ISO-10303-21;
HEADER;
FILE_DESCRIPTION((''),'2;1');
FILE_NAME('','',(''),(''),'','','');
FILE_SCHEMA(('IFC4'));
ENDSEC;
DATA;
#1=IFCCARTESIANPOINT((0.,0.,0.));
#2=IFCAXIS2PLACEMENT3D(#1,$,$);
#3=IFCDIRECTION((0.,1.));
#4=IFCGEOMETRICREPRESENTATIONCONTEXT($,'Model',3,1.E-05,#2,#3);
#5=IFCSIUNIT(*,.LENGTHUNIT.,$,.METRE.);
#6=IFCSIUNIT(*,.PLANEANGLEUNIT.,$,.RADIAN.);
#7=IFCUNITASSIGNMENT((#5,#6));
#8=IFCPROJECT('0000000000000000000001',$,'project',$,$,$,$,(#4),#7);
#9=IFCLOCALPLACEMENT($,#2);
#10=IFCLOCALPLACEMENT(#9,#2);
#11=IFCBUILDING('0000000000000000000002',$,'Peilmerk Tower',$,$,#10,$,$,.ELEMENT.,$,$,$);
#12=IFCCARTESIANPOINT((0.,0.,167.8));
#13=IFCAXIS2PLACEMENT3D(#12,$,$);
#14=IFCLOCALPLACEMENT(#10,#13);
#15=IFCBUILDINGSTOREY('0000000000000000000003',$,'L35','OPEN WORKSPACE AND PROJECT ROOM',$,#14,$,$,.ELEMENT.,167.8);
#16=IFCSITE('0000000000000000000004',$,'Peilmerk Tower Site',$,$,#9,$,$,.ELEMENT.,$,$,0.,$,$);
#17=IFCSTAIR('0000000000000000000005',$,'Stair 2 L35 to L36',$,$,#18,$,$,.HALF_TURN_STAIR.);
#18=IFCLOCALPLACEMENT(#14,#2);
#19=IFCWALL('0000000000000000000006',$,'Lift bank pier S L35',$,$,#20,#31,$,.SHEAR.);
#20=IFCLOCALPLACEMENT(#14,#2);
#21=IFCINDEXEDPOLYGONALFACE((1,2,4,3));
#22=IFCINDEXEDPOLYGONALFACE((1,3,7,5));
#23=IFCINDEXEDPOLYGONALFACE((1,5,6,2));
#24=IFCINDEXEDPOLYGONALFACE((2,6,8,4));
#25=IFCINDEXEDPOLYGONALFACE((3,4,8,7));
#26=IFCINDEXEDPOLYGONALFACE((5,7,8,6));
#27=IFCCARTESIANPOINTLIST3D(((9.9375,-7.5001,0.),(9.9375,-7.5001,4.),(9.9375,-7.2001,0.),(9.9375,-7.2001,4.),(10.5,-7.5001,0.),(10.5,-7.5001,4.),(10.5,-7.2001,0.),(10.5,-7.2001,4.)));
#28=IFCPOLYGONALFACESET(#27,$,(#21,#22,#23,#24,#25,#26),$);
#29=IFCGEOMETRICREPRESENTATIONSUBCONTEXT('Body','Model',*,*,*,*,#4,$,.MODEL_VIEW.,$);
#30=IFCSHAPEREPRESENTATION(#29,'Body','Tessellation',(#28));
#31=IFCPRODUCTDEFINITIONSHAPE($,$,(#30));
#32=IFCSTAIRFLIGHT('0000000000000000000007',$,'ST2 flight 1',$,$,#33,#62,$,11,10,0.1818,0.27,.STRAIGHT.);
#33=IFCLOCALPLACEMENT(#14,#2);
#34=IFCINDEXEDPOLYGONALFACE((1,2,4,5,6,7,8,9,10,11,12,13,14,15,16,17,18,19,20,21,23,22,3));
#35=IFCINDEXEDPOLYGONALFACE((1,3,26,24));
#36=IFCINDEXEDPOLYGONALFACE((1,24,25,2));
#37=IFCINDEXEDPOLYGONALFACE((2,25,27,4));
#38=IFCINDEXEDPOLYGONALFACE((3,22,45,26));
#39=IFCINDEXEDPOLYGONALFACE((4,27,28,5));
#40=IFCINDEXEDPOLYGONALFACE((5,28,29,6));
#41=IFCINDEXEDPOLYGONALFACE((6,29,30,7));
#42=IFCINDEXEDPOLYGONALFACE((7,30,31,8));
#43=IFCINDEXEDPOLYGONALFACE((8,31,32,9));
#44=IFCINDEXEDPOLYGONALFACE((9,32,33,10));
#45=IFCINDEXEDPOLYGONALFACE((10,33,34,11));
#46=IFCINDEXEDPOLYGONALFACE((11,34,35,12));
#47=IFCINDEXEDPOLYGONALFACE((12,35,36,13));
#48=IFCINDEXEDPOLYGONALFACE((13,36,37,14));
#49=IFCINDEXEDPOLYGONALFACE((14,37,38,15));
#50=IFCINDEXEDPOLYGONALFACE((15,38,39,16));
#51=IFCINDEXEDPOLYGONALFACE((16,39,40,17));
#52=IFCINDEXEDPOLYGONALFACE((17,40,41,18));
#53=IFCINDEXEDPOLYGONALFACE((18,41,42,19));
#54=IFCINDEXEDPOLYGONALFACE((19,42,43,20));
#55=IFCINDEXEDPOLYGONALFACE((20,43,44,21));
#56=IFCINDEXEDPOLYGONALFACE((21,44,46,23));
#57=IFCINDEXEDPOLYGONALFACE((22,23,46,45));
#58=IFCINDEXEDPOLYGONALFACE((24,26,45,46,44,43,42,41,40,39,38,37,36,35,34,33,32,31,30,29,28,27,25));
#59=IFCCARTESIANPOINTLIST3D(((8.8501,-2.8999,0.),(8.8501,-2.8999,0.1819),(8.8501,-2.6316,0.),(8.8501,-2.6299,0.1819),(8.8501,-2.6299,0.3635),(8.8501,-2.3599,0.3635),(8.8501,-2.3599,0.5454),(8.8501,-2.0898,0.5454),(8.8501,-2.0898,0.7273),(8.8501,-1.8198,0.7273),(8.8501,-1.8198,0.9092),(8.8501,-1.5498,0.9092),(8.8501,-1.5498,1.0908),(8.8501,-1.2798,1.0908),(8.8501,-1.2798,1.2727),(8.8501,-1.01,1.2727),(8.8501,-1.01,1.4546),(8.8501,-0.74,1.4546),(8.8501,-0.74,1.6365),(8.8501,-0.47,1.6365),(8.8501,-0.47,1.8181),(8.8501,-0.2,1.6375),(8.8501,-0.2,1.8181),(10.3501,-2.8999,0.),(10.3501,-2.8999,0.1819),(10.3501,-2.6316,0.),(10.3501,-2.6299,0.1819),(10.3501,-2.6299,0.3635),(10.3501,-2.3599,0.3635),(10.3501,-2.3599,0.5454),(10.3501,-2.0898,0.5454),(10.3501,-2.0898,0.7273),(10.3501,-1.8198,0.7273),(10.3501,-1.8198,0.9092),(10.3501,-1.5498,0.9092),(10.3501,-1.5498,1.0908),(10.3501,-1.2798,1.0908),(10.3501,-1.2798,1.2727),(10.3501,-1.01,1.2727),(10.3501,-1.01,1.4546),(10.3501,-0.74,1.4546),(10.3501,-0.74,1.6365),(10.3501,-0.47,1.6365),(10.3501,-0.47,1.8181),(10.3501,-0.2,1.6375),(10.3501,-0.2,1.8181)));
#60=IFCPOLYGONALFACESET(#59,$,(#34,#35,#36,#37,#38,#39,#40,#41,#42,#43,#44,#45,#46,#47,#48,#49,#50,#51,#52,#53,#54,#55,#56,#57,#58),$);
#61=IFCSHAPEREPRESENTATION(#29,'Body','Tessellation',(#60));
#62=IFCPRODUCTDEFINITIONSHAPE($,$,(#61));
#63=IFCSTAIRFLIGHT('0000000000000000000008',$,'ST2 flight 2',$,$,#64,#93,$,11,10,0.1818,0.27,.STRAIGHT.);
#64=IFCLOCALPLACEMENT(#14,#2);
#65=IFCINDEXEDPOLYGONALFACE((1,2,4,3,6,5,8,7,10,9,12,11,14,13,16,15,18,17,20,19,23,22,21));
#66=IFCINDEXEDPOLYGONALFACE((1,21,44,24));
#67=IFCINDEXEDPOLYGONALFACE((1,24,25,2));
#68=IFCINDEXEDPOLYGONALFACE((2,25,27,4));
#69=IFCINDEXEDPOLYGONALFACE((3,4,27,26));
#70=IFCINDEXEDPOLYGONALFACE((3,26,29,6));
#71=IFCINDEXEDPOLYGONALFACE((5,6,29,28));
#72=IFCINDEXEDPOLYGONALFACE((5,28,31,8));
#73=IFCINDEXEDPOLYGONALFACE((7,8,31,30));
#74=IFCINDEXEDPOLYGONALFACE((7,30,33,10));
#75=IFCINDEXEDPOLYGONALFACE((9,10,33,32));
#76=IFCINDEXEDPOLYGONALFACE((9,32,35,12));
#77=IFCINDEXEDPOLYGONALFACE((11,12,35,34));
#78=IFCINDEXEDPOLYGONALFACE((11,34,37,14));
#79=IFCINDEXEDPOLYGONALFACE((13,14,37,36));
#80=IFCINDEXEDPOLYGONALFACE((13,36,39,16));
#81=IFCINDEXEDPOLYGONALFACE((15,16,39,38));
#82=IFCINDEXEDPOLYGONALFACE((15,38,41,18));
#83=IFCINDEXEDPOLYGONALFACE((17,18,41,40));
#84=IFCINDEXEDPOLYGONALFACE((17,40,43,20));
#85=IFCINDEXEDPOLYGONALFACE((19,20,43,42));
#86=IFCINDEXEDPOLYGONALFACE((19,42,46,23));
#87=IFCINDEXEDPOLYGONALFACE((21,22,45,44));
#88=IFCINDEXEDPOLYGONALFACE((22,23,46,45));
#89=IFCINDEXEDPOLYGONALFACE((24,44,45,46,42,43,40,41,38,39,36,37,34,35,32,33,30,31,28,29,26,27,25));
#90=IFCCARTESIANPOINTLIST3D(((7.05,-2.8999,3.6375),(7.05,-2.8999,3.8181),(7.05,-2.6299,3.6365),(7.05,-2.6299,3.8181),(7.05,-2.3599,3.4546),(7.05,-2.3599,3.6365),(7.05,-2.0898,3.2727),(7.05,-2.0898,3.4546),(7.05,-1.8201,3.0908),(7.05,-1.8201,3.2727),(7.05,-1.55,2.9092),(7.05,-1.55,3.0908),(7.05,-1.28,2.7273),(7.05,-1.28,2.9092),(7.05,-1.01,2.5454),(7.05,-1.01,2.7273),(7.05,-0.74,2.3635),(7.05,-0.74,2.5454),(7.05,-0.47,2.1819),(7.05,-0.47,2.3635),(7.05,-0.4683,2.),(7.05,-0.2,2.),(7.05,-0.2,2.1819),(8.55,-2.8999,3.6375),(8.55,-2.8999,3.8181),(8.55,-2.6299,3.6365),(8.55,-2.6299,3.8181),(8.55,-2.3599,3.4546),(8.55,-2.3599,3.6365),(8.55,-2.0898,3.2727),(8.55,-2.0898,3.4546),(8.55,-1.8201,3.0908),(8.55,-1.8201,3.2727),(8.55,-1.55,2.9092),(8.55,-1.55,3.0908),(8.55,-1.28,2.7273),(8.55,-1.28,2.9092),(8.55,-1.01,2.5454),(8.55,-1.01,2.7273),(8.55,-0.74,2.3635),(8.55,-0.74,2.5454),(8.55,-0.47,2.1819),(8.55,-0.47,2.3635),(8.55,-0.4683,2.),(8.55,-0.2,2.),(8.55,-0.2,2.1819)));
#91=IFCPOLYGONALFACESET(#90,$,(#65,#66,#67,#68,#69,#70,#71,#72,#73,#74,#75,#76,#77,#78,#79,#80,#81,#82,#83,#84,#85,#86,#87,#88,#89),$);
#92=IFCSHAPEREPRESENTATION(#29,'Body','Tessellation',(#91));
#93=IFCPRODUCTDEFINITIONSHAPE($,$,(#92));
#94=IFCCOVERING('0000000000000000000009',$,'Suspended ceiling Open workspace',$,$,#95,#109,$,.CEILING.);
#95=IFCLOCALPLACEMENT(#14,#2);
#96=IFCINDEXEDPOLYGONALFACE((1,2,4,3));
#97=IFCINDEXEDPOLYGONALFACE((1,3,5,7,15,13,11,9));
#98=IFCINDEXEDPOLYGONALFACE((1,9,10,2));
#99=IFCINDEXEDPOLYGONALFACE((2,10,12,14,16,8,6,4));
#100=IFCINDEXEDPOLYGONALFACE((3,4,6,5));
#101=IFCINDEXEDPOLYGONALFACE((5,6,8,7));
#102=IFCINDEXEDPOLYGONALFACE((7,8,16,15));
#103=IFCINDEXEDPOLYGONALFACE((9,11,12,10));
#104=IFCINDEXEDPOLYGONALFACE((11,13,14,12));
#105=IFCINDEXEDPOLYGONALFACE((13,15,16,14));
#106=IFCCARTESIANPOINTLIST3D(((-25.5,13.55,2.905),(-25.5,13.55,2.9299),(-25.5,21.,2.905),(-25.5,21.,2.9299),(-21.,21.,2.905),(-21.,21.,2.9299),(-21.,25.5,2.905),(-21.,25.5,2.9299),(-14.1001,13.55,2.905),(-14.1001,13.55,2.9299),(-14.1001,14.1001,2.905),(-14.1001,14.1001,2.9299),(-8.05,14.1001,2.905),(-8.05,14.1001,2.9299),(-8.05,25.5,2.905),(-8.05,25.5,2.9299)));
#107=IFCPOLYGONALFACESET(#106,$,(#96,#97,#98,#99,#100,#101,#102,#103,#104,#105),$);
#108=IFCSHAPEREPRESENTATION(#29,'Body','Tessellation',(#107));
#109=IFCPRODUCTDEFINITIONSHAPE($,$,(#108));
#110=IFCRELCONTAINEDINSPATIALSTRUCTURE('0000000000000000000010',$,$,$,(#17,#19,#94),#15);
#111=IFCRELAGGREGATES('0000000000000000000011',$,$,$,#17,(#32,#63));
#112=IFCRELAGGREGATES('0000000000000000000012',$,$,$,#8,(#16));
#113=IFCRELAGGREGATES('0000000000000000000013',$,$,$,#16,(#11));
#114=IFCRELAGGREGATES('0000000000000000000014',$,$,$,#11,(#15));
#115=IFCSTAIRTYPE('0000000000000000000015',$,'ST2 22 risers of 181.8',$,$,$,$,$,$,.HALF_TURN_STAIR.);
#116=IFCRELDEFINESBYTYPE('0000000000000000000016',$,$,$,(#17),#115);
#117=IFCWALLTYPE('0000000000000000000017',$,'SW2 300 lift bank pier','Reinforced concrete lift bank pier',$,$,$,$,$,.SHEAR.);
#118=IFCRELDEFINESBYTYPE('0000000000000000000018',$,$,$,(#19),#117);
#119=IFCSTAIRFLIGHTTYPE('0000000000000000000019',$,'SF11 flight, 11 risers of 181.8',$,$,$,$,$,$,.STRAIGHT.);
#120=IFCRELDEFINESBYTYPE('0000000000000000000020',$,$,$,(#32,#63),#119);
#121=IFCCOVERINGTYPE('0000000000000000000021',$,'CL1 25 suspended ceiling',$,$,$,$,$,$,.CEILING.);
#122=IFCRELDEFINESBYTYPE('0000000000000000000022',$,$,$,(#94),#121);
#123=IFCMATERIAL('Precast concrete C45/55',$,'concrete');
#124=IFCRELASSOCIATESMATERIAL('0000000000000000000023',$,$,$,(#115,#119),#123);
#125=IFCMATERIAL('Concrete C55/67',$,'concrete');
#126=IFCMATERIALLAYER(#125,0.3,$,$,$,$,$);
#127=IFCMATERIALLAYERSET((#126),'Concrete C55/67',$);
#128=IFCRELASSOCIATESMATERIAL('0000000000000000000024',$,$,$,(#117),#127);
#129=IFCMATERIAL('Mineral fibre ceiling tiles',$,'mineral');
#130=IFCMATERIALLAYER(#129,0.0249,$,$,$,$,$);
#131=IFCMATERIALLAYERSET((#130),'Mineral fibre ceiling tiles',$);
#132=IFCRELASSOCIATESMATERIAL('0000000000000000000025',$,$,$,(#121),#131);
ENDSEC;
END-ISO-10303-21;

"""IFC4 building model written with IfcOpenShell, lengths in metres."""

from ifc_helpers import new_model, si_unit, direction, frame, frame_2d, origin, place, context, subcontext, project, spatial, polyline, rectangle, outline, extrude, material, layer, layer_set, type_object, element, aggregate, save


model = new_model("IFC4")

# Units and contexts
model_context = context("Model", 3, precision=1e-05, world=origin(), true_north=direction((0.0, 1.0)))
body_context = subcontext(model_context, "Body", "Model", "MODEL_VIEW")
ifc_project = project(units=[si_unit("LENGTHUNIT", "METRE"), si_unit("PLANEANGLEUNIT", "RADIAN")], contexts=[model_context])

# Site, building, storey
site_placement = place(None, origin())
site = spatial("IfcSite", under=ifc_project, at=site_placement, Name="Peilmerk Tower Site", CompositionType="ELEMENT", RefElevation=0.0)
building_placement = place(site_placement, origin())
building = spatial("IfcBuilding", under=site, at=building_placement, Name="Peilmerk Tower", CompositionType="ELEMENT")
storey_placement = place(building_placement, frame((0.0, 0.0, 167.8)))
storey = spatial("IfcBuildingStorey", under=building, at=storey_placement, Name="L35", Description="OPEN WORKSPACE AND PROJECT ROOM", CompositionType="ELEMENT", Elevation=167.8)

# Stair
ifc_material_1 = material(Name="Precast concrete C45/55", Category="concrete")
stair_type_1 = type_object("IfcStairType", Name="ST2 22 risers of 181.8", PredefinedType="HALF_TURN_STAIR", material=ifc_material_1)
stair_1_placement = place(storey_placement, origin())
stair_1 = element("IfcStair", 1, at=stair_1_placement, inside=storey, type_object=stair_type_1, Name="Stair 2 L35 to L36", PredefinedType="HALF_TURN_STAIR")

# Wall
ifc_material_2 = material(Name="Concrete C55/67", Category="concrete")
ifc_layer_1 = layer(ifc_material_2, 0.3)
ifc_layer_set_1 = layer_set([ifc_layer_1], Name="Concrete C55/67")
wall_type_1 = type_object("IfcWallType", Name="SW2 300 lift bank pier", Description="Reinforced concrete lift bank pier", PredefinedType="SHEAR", material=ifc_layer_set_1)
wall_1_placement = place(storey_placement, frame((9.9375, -7.3501, 0.0), z_axis=(0.0, 0.0, 1.0), x_axis=(1.0, 0.0, 0.0)))
element("IfcWall", 2, at=wall_1_placement, inside=storey, type_object=wall_type_1, Name="Lift bank pier S L35", PredefinedType="SHEAR", context=body_context, shape_type="SweptSolid", body=[
    extrude(rectangle(XDim=0.5625, YDim=0.3, at=frame_2d((0.2812, 0.0))), origin(), (0.0, 0.0, 1.0), 4.0),
])

# Stair flights
stair_flight_type = type_object("IfcStairFlightType", Name="SF11 flight, 11 risers of 181.8", PredefinedType="STRAIGHT", material=ifc_material_1)
stair_flight_1_placement = place(storey_placement, frame((9.6001, -2.8999, 0.0), z_axis=(0.0, 0.0, 1.0), x_axis=(0.0, 1.0, 0.0)))
stair_flight_1 = element("IfcStairFlight", 3, at=stair_flight_1_placement, type_object=stair_flight_type, Name="ST2 flight 1", NumberOfRisers=11, NumberOfTreads=10, PredefinedType="STRAIGHT", RiserHeight=0.1818, TreadLength=0.27, context=body_context, shape_type="SweptSolid", body=[
    extrude(outline(polyline([(0.0, 0.0), (0.0, 0.1819), (0.27, 0.1819), (0.27, 0.3635), (0.54, 0.3635), (0.54, 0.5454), (0.8101, 0.5454), (0.8101, 0.7273), (1.0801, 0.7273), (1.0801, 0.9092), (1.3501, 0.9092), (1.3501, 1.0908), (1.6201, 1.0908), (1.6201, 1.2727), (1.8899, 1.2727), (1.8899, 1.4546), (2.1599, 1.4546), (2.1599, 1.6365), (2.4299, 1.6365), (2.4299, 1.8181), (2.7, 1.8181), (2.7, 2.0), (2.7, 1.6375), (0.2683, 0.0), (0.0, 0.0)])), frame((0.0, 0.75, 0.0), z_axis=(0.0, -1.0, 0.0), x_axis=(1.0, 0.0, 0.0)), (0.0, 0.0, 1.0), 1.5),
])
stair_flight_2_placement = place(storey_placement, frame((7.8, -0.2, 2.0), z_axis=(0.0, 0.0, 1.0), x_axis=(0.0, -1.0, 0.0)))
stair_flight_2 = element("IfcStairFlight", 4, at=stair_flight_2_placement, type_object=stair_flight_type, Name="ST2 flight 2", NumberOfRisers=11, NumberOfTreads=10, PredefinedType="STRAIGHT", RiserHeight=0.1818, TreadLength=0.27, context=body_context, shape_type="SweptSolid", body=[
    extrude(outline(polyline([(0.0, 0.0), (0.0, 0.1819), (0.27, 0.1819), (0.27, 0.3635), (0.54, 0.3635), (0.54, 0.5454), (0.8101, 0.5454), (0.8101, 0.7273), (1.0801, 0.7273), (1.0801, 0.9092), (1.3501, 0.9092), (1.3501, 1.0908), (1.6201, 1.0908), (1.6201, 1.2727), (1.8899, 1.2727), (1.8899, 1.4546), (2.1599, 1.4546), (2.1599, 1.6365), (2.4299, 1.6365), (2.4299, 1.8181), (2.7, 1.8181), (2.7, 2.0), (2.7, 1.6375), (0.2683, 0.0), (0.0, 0.0)])), frame((0.0, 0.75, 0.0), z_axis=(0.0, -1.0, 0.0), x_axis=(1.0, 0.0, 0.0)), (0.0, 0.0, 1.0), 1.5),
])
aggregate(stair_1, [stair_flight_1, stair_flight_2])

# Covering
ifc_material_3 = material(Name="Mineral fibre ceiling tiles", Category="mineral")
ifc_layer_2 = layer(ifc_material_3, 0.0249)
ifc_layer_set_2 = layer_set([ifc_layer_2], Name="Mineral fibre ceiling tiles")
covering_type = type_object("IfcCoveringType", Name="CL1 25 suspended ceiling", PredefinedType="CEILING", material=ifc_layer_set_2)
covering_placement = place(storey_placement, frame((0.0, 0.0, 2.905)))
element("IfcCovering", 5, at=covering_placement, inside=storey, type_object=covering_type, Name="Suspended ceiling Open workspace", PredefinedType="CEILING", context=body_context, shape_type="SweptSolid", body=[
    extrude(outline(polyline([(-25.5, 21.0), (-25.5, 13.55), (-14.1001, 13.55), (-14.1001, 14.1001), (-8.05, 14.1001), (-8.05, 25.5), (-21.0, 25.5), (-21.0, 21.0), (-25.5, 21.0)])), origin(), (0.0, 0.0, 1.0), 0.0249),
])

save(model, "model.ifc")
